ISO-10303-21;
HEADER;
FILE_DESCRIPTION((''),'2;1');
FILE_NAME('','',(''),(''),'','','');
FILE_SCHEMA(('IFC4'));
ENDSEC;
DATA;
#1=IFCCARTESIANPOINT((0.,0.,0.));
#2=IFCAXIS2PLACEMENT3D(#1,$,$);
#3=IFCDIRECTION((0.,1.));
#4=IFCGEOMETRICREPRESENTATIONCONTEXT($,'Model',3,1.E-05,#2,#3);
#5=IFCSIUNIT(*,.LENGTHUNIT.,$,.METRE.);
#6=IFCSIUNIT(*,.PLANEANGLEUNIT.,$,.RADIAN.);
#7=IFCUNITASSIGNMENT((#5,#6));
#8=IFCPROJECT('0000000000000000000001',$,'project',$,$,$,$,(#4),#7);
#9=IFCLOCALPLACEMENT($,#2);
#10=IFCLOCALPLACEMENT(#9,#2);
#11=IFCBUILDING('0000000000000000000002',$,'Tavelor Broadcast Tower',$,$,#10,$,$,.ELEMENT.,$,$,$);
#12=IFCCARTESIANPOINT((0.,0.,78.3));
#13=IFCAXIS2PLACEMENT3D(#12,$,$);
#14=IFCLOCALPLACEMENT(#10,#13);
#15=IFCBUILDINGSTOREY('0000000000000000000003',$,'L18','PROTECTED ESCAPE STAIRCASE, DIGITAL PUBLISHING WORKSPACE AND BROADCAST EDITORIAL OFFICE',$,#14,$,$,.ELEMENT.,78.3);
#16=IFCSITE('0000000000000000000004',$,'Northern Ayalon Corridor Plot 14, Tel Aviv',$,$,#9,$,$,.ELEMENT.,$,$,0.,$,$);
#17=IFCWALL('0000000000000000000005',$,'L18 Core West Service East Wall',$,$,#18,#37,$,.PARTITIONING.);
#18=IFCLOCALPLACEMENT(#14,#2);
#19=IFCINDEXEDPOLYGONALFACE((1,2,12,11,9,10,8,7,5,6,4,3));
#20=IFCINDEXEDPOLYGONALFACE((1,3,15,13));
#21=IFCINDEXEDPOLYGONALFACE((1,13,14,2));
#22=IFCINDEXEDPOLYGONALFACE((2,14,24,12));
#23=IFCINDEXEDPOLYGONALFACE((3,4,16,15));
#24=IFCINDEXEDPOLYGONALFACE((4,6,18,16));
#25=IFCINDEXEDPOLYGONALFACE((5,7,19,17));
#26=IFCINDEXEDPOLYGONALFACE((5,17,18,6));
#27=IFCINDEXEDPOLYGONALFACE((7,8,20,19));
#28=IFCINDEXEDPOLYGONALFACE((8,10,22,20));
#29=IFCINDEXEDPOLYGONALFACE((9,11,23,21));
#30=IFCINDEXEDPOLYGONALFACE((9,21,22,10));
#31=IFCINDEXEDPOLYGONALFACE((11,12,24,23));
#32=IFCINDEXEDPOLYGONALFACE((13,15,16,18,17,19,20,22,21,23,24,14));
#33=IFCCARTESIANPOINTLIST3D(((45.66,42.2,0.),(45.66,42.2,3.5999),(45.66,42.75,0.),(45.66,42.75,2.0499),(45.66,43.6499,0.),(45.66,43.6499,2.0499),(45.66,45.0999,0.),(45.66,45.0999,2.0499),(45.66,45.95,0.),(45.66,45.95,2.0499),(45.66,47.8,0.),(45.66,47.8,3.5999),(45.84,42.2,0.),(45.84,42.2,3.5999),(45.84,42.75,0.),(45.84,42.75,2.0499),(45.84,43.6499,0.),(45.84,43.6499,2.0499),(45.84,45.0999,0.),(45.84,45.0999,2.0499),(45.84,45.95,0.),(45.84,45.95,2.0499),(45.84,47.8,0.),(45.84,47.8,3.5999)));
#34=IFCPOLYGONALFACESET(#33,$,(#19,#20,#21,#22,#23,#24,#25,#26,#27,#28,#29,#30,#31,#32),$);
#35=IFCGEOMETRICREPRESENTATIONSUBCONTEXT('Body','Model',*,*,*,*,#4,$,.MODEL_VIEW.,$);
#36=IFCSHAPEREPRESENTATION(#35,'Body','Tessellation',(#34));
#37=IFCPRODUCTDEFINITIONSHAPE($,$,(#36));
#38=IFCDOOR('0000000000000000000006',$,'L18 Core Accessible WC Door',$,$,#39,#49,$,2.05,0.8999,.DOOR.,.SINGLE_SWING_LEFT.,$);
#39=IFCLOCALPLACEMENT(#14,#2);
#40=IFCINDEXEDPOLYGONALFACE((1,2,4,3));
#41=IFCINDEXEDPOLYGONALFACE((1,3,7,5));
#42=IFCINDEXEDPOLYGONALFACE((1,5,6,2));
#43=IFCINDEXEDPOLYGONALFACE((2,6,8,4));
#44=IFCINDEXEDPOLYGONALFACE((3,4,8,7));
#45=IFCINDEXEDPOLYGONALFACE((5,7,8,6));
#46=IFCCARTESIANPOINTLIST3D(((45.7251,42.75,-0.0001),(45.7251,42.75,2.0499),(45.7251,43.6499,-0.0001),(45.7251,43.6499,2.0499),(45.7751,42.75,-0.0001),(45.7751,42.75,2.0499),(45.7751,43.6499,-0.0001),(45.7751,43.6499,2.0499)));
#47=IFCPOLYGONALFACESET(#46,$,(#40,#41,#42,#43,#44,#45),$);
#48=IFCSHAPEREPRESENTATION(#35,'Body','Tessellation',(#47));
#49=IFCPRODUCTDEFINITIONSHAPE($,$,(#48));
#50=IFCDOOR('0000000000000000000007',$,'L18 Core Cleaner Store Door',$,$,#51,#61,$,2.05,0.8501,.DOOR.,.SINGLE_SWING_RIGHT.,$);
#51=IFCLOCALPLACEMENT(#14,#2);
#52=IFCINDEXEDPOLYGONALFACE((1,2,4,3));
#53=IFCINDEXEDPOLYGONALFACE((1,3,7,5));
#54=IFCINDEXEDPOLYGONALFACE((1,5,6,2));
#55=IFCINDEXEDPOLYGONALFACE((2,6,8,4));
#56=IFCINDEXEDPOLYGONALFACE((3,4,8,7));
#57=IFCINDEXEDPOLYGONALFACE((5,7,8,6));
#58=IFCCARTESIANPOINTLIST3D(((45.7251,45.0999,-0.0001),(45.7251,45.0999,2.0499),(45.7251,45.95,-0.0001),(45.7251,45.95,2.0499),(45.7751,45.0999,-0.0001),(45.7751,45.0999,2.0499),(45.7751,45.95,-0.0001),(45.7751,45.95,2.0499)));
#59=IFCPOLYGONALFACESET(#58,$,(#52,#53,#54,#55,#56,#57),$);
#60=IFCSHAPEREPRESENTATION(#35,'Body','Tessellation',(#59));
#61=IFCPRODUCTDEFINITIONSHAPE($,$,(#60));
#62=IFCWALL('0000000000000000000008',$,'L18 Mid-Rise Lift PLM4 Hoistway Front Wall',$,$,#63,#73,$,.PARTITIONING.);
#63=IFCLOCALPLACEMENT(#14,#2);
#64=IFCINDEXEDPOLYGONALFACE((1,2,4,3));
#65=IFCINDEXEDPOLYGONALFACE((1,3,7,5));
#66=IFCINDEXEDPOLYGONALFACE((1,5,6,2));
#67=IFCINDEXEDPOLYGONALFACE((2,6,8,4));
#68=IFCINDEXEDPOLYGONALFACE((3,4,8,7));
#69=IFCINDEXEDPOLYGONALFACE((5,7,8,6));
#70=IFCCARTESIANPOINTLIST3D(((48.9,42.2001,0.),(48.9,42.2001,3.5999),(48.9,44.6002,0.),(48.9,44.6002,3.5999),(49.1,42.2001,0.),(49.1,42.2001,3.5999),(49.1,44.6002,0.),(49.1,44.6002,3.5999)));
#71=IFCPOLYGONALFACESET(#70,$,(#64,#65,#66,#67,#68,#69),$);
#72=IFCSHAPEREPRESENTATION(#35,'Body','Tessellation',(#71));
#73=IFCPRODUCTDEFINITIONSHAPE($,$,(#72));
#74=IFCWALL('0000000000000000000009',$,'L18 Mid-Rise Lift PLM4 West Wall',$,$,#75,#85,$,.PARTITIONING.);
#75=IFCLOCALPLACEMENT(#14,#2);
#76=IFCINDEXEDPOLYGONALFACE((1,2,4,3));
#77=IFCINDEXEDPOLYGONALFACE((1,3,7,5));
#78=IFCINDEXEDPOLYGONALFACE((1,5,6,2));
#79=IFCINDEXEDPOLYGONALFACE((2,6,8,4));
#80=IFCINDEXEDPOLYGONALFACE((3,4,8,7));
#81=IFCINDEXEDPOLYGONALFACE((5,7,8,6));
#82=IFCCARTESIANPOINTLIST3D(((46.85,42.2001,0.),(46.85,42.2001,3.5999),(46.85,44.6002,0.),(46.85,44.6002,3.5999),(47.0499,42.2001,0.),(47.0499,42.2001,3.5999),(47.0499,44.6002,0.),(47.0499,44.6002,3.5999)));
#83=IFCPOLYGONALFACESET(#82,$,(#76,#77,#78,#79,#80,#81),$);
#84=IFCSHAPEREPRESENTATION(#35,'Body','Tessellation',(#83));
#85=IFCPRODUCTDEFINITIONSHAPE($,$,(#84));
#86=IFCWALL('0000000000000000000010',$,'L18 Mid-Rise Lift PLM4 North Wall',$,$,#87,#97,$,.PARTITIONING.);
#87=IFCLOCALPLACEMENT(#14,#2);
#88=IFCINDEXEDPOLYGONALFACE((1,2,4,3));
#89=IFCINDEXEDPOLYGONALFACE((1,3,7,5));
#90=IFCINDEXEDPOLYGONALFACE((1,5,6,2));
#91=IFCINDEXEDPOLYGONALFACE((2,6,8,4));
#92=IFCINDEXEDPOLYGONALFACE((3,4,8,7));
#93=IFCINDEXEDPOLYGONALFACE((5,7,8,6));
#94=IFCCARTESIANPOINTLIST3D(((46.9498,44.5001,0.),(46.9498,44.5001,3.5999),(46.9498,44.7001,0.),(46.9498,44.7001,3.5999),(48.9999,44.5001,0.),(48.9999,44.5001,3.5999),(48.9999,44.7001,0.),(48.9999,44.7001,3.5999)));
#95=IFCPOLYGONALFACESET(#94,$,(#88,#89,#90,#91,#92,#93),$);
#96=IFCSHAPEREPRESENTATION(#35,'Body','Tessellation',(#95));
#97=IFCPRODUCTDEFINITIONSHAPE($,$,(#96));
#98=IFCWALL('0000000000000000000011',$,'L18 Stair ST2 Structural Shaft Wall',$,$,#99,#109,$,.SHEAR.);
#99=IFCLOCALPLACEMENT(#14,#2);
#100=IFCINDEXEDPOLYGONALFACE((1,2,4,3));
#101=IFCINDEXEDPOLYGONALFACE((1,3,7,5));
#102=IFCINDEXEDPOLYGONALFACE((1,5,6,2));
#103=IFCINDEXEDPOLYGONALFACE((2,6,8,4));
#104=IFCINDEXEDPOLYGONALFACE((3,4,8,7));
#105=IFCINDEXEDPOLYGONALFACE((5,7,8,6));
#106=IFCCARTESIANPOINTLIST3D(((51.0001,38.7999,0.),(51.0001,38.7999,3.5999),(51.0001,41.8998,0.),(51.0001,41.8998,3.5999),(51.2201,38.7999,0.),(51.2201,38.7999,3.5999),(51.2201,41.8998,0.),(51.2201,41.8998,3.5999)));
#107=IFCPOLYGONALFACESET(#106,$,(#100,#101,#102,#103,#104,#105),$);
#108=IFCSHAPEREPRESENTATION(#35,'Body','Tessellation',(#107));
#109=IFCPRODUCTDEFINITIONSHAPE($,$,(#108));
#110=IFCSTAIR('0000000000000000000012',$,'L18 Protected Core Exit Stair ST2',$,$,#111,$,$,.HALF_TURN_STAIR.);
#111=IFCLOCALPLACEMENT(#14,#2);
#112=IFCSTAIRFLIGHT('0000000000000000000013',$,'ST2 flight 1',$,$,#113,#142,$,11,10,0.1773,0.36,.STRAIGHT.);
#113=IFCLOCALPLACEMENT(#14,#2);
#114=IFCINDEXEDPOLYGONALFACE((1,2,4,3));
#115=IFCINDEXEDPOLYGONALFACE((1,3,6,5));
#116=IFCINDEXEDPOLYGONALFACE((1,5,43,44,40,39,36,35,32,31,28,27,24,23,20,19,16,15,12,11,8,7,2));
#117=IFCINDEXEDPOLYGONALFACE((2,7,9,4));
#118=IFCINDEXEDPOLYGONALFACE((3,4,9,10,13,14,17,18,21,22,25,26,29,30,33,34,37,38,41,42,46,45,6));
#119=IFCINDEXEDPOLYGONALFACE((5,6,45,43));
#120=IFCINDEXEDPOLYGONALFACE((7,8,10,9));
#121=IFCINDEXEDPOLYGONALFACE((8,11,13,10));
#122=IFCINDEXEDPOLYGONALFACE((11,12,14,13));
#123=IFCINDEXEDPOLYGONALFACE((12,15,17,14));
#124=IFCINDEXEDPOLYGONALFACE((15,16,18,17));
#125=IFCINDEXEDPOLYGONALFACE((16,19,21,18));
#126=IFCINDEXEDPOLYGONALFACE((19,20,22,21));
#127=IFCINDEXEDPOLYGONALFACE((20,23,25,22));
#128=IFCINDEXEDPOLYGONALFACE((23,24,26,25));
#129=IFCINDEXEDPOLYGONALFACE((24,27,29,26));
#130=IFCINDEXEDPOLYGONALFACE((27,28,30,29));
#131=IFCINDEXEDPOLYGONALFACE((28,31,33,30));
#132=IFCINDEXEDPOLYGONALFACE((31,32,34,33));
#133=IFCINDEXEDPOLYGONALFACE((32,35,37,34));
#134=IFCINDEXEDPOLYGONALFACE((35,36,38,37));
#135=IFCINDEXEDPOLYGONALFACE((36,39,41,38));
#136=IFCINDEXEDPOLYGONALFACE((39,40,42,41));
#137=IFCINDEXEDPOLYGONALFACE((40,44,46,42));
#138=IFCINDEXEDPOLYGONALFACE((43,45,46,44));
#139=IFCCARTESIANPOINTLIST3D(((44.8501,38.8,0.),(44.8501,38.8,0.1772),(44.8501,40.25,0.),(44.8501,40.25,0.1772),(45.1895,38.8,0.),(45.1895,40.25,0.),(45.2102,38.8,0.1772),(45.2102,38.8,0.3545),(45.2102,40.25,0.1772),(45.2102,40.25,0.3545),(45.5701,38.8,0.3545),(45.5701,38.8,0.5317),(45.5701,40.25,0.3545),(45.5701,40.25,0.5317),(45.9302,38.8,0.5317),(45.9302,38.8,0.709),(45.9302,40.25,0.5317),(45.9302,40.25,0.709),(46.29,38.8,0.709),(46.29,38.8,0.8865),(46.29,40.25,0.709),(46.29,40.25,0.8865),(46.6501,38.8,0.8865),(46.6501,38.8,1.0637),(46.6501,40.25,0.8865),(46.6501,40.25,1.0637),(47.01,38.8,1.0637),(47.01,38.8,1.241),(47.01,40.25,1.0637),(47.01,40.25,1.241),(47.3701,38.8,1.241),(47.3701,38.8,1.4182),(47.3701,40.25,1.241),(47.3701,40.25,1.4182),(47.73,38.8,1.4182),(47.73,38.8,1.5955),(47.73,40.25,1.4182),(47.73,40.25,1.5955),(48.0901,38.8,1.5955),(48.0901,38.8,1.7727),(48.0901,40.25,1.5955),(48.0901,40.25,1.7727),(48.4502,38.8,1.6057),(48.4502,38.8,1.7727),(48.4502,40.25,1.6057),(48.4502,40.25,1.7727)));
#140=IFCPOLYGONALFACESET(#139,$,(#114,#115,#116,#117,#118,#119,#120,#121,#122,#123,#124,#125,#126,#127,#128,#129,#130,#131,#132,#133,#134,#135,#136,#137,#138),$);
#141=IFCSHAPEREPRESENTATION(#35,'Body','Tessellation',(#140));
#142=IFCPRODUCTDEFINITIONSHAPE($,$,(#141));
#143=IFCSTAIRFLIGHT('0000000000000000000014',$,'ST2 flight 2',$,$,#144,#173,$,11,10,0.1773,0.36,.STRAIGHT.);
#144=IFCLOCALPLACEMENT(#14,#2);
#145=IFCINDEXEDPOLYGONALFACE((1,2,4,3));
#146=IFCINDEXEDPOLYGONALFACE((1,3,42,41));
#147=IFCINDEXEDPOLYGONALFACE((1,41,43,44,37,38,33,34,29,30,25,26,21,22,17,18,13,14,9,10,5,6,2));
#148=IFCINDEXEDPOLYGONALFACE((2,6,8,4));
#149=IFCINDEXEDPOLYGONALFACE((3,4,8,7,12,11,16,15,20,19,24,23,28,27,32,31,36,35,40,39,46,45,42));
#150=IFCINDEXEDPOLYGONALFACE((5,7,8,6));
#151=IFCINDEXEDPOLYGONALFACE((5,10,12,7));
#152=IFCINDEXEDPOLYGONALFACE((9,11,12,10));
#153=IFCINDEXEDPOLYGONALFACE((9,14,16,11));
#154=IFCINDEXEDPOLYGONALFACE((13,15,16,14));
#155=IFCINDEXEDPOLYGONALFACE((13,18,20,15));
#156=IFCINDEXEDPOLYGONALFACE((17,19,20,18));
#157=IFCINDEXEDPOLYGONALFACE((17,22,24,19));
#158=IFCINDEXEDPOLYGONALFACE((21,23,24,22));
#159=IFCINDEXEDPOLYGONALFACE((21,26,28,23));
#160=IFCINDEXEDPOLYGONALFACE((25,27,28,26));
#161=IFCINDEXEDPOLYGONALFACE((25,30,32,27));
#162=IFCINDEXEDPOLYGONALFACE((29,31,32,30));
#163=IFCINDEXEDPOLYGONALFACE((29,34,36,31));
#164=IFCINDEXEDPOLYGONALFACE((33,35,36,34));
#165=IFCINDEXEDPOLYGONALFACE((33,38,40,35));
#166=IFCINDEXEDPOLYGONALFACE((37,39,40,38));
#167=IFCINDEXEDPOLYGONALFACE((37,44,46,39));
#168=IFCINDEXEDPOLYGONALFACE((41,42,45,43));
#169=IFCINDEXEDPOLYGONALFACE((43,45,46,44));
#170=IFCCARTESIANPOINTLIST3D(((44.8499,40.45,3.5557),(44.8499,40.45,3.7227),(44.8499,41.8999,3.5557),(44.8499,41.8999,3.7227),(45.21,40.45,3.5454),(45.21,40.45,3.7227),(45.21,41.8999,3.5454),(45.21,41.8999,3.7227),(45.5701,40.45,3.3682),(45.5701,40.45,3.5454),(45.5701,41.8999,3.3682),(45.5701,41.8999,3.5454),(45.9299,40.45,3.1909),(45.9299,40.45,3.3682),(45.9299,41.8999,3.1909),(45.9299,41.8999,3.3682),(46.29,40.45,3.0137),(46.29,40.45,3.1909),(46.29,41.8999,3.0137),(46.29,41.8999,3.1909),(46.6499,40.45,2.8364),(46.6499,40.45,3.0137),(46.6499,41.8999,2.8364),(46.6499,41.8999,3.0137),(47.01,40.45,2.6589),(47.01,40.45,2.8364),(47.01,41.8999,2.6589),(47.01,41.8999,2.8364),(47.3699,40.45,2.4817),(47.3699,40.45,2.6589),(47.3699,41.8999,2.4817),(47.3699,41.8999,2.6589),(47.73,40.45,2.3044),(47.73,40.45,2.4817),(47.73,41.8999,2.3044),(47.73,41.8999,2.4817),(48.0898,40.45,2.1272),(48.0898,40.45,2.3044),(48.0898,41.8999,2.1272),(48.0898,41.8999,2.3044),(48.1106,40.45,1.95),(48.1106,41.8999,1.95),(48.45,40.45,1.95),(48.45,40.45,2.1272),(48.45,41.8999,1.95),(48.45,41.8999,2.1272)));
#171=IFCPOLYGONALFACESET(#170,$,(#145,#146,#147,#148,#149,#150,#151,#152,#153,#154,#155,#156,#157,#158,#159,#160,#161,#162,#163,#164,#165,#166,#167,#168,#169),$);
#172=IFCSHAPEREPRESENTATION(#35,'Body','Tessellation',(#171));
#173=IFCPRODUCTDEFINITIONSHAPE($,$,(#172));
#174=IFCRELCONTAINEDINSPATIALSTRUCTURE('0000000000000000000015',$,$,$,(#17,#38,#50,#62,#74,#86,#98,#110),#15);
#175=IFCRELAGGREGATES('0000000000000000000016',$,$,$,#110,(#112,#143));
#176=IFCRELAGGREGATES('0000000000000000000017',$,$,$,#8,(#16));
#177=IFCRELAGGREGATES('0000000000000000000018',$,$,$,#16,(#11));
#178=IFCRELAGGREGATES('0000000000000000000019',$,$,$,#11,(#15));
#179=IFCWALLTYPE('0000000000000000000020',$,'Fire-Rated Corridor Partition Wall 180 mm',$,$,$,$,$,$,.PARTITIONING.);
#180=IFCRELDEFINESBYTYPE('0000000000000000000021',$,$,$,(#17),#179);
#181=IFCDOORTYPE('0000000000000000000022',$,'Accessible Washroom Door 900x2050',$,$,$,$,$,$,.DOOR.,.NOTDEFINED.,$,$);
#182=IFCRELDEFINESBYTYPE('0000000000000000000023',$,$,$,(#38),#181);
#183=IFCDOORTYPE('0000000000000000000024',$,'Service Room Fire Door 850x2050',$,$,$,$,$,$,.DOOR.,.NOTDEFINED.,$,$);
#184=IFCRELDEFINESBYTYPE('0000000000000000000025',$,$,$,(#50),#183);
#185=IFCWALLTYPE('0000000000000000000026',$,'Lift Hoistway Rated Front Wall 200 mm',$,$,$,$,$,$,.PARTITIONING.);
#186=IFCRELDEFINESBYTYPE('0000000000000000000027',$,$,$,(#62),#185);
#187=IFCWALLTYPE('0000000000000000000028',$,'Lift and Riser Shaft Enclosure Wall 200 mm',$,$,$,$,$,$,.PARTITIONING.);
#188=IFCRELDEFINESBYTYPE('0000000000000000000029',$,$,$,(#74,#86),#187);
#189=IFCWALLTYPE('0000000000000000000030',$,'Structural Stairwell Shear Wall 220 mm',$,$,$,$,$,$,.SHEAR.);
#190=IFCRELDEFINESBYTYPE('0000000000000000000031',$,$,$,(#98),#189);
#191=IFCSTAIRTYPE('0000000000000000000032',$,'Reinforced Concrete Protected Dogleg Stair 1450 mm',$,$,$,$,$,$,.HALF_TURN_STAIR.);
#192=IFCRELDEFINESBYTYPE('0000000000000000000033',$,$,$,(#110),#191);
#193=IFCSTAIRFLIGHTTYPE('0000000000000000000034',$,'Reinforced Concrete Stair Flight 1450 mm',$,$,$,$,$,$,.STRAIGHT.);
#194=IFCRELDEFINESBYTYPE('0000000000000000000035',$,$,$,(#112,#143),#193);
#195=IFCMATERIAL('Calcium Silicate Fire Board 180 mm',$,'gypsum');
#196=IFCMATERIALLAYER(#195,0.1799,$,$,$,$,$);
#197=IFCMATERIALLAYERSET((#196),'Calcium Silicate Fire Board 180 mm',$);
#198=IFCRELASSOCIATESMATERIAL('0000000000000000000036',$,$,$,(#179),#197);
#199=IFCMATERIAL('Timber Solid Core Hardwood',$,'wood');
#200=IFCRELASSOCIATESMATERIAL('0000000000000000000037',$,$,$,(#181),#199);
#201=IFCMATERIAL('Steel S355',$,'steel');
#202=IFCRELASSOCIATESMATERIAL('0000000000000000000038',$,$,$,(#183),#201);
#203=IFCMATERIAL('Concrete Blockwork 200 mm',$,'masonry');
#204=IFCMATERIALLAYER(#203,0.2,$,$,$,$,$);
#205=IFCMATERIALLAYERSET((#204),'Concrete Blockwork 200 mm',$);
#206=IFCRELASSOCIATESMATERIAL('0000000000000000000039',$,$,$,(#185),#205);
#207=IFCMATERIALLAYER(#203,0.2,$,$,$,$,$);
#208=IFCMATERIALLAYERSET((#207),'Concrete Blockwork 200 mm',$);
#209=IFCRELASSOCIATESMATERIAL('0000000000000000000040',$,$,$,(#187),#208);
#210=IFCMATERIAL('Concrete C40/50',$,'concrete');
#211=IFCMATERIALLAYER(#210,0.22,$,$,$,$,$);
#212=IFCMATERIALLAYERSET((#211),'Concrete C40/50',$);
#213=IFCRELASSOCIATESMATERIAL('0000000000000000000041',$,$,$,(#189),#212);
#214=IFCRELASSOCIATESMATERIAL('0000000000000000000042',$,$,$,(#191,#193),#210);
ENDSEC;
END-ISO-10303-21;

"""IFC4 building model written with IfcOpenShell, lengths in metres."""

from ifc_helpers import new_model, si_unit, direction, frame, frame_2d, origin, place, context, subcontext, project, spatial, polyline, rectangle, outline, extrude, material, layer, layer_set, type_object, element, fill, aggregate, save


model = new_model("IFC4")

# Units and contexts
model_context = context("Model", 3, precision=1e-05, world=origin(), true_north=direction((0.0, 1.0)))
body_context = subcontext(model_context, "Body", "Model", "MODEL_VIEW")
ifc_project = project(units=[si_unit("LENGTHUNIT", "METRE"), si_unit("PLANEANGLEUNIT", "RADIAN")], contexts=[model_context])

# Site, building, storey
site_placement = place(None, origin())
site = spatial("IfcSite", under=ifc_project, at=site_placement, Name="Northern Ayalon Corridor Plot 14, Tel Aviv", CompositionType="ELEMENT", RefElevation=0.0)
building_placement = place(site_placement, origin())
building = spatial("IfcBuilding", under=site, at=building_placement, Name="Tavelor Broadcast Tower", CompositionType="ELEMENT")
storey_placement = place(building_placement, frame((0.0, 0.0, 78.3)))
storey = spatial("IfcBuildingStorey", under=building, at=storey_placement, Name="L18", Description="PROTECTED ESCAPE STAIRCASE, DIGITAL PUBLISHING WORKSPACE AND BROADCAST EDITORIAL OFFICE", CompositionType="ELEMENT", Elevation=78.3)

# Shared definitions
ifc_material_1 = material(Name="Concrete C40/50", Category="concrete")
ifc_material_2 = material(Name="Steel S355", Category="steel")

# Wall, openings, doors
ifc_material_3 = material(Name="Calcium Silicate Fire Board 180 mm", Category="gypsum")
ifc_layer_1 = layer(ifc_material_3, 0.1799)
ifc_layer_set_1 = layer_set([ifc_layer_1], Name="Calcium Silicate Fire Board 180 mm")
wall_type_1 = type_object("IfcWallType", Name="Fire-Rated Corridor Partition Wall 180 mm", PredefinedType="PARTITIONING", material=ifc_layer_set_1)
wall_1_placement = place(storey_placement, frame((45.75, 42.2, 0.0), z_axis=(0.0, 0.0, 1.0), x_axis=(0.0, 1.0, 0.0)))
wall_1 = element("IfcWall", 1, at=wall_1_placement, inside=storey, type_object=wall_type_1, Name="L18 Core West Service East Wall", PredefinedType="PARTITIONING", context=body_context, shape_type="SweptSolid", body=[
    extrude(rectangle(XDim=5.6001, YDim=0.1799, at=frame_2d((2.8, 0.0))), origin(), (0.0, 0.0, 1.0), 3.5999),
])
opening_1_placement = place(wall_1_placement, frame((0.55, 0.0, 0.0)))
opening_1 = element("IfcOpeningElement", 2, at=opening_1_placement, cuts=wall_1, PredefinedType="OPENING", context=body_context, shape_type="SweptSolid", body=[
    extrude(rectangle(XDim=0.8999, YDim=2.05, at=frame_2d((0.45, 1.0249))), frame((0.0, 0.1001, 0.0), z_axis=(0.0, -1.0, 0.0), x_axis=(1.0, 0.0, 0.0)), (0.0, 0.0, 1.0), 0.2),
])
opening_2_placement = place(wall_1_placement, frame((2.8999, 0.0, 0.0)))
opening_2 = element("IfcOpeningElement", 3, at=opening_2_placement, cuts=wall_1, PredefinedType="OPENING", context=body_context, shape_type="SweptSolid", body=[
    extrude(rectangle(XDim=0.8501, YDim=2.05, at=frame_2d((0.425, 1.0249))), frame((0.0, 0.1001, 0.0), z_axis=(0.0, -1.0, 0.0), x_axis=(1.0, 0.0, 0.0)), (0.0, 0.0, 1.0), 0.2),
])
ifc_material_4 = material(Name="Timber Solid Core Hardwood", Category="wood")
door_type_1 = type_object("IfcDoorType", Name="Accessible Washroom Door 900x2050", OperationType="NOTDEFINED", PredefinedType="DOOR", material=ifc_material_4)
door_1_placement = place(opening_1_placement, origin())
door_1 = element("IfcDoor", 4, at=door_1_placement, inside=storey, type_object=door_type_1, Name="L18 Core Accessible WC Door", OperationType="SINGLE_SWING_LEFT", OverallHeight=2.05, OverallWidth=0.8999, PredefinedType="DOOR", context=body_context, shape_type="SweptSolid", body=[
    extrude(rectangle(XDim=0.8999, YDim=2.05, at=frame_2d((0.45, 1.0249))), frame((0.0, 0.0249, 0.0), z_axis=(0.0, -1.0, 0.0), x_axis=(1.0, 0.0, 0.0)), (0.0, 0.0, 1.0), 0.05),
])
fill(opening_1, door_1)
door_type_2 = type_object("IfcDoorType", Name="Service Room Fire Door 850x2050", OperationType="NOTDEFINED", PredefinedType="DOOR", material=ifc_material_2)
door_2_placement = place(opening_2_placement, origin())
door_2 = element("IfcDoor", 5, at=door_2_placement, inside=storey, type_object=door_type_2, Name="L18 Core Cleaner Store Door", OperationType="SINGLE_SWING_RIGHT", OverallHeight=2.05, OverallWidth=0.8501, PredefinedType="DOOR", context=body_context, shape_type="SweptSolid", body=[
    extrude(rectangle(XDim=0.8501, YDim=2.05, at=frame_2d((0.425, 1.0249))), frame((0.0, 0.0249, 0.0), z_axis=(0.0, -1.0, 0.0), x_axis=(1.0, 0.0, 0.0)), (0.0, 0.0, 1.0), 0.05),
])
fill(opening_2, door_2)

# Walls
ifc_material_5 = material(Name="Concrete Blockwork 200 mm", Category="masonry")
ifc_layer_2 = layer(ifc_material_5, 0.2)
ifc_layer_set_2 = layer_set([ifc_layer_2], Name="Concrete Blockwork 200 mm")
wall_type_2 = type_object("IfcWallType", Name="Lift Hoistway Rated Front Wall 200 mm", PredefinedType="PARTITIONING", material=ifc_layer_set_2)
wall_2_placement = place(storey_placement, frame((49.0, 42.2, 0.0), z_axis=(0.0, 0.0, 1.0), x_axis=(0.0, 1.0, 0.0)))
element("IfcWall", 6, at=wall_2_placement, inside=storey, type_object=wall_type_2, Name="L18 Mid-Rise Lift PLM4 Hoistway Front Wall", PredefinedType="PARTITIONING", context=body_context, shape_type="SweptSolid", body=[
    extrude(rectangle(XDim=2.4001, YDim=0.2, at=frame_2d((1.2002, 0.0))), origin(), (0.0, 0.0, 1.0), 3.5999),
])
ifc_layer_3 = layer(ifc_material_5, 0.2)
ifc_layer_set_3 = layer_set([ifc_layer_3], Name="Concrete Blockwork 200 mm")
wall_type_3 = type_object("IfcWallType", Name="Lift and Riser Shaft Enclosure Wall 200 mm", PredefinedType="PARTITIONING", material=ifc_layer_set_3)
wall_3_placement = place(storey_placement, frame((46.95, 42.2, 0.0), z_axis=(0.0, 0.0, 1.0), x_axis=(0.0, 1.0, 0.0)))
element("IfcWall", 7, at=wall_3_placement, inside=storey, type_object=wall_type_3, Name="L18 Mid-Rise Lift PLM4 West Wall", PredefinedType="PARTITIONING", context=body_context, shape_type="SweptSolid", body=[
    extrude(rectangle(XDim=2.4001, YDim=0.2, at=frame_2d((1.2002, 0.0))), origin(), (0.0, 0.0, 1.0), 3.5999),
])
wall_4_placement = place(storey_placement, frame((46.95, 44.6001, 0.0), z_axis=(0.0, 0.0, 1.0), x_axis=(1.0, 0.0, 0.0)))
element("IfcWall", 8, at=wall_4_placement, inside=storey, type_object=wall_type_3, Name="L18 Mid-Rise Lift PLM4 North Wall", PredefinedType="PARTITIONING", context=body_context, shape_type="SweptSolid", body=[
    extrude(rectangle(XDim=2.05, YDim=0.2, at=frame_2d((1.0249, 0.0))), origin(), (0.0, 0.0, 1.0), 3.5999),
])
ifc_layer_4 = layer(ifc_material_1, 0.22)
ifc_layer_set_4 = layer_set([ifc_layer_4], Name="Concrete C40/50")
wall_type_4 = type_object("IfcWallType", Name="Structural Stairwell Shear Wall 220 mm", PredefinedType="SHEAR", material=ifc_layer_set_4)
wall_5_placement = place(storey_placement, frame((51.1101, 38.8, 0.0), z_axis=(0.0, 0.0, 1.0), x_axis=(0.0, 1.0, 0.0)))
element("IfcWall", 9, at=wall_5_placement, inside=storey, type_object=wall_type_4, Name="L18 Stair ST2 Structural Shaft Wall", PredefinedType="SHEAR", context=body_context, shape_type="SweptSolid", body=[
    extrude(rectangle(XDim=3.0999, YDim=0.22, at=frame_2d((1.5498, 0.0))), origin(), (0.0, 0.0, 1.0), 3.5999),
])

# Stair, stair flights
stair_type = type_object("IfcStairType", Name="Reinforced Concrete Protected Dogleg Stair 1450 mm", PredefinedType="HALF_TURN_STAIR", material=ifc_material_1)
stair_placement = place(storey_placement, origin())
stair = element("IfcStair", 10, at=stair_placement, inside=storey, type_object=stair_type, Name="L18 Protected Core Exit Stair ST2", PredefinedType="HALF_TURN_STAIR")
stair_flight_type = type_object("IfcStairFlightType", Name="Reinforced Concrete Stair Flight 1450 mm", PredefinedType="STRAIGHT", material=ifc_material_1)
stair_flight_1_placement = place(storey_placement, frame((44.8501, 39.5249, 0.0), z_axis=(0.0, 0.0, 1.0), x_axis=(1.0, 0.0, 0.0)))
stair_flight_1 = element("IfcStairFlight", 11, at=stair_flight_1_placement, type_object=stair_flight_type, Name="ST2 flight 1", NumberOfRisers=11, NumberOfTreads=10, PredefinedType="STRAIGHT", RiserHeight=0.1773, TreadLength=0.36, context=body_context, shape_type="SweptSolid", body=[
    extrude(outline(polyline([(0.0, 0.0), (0.0, 0.1772), (0.3601, 0.1772), (0.3601, 0.3545), (0.72, 0.3545), (0.72, 0.5317), (1.0801, 0.5317), (1.0801, 0.709), (1.4399, 0.709), (1.4399, 0.8865), (1.8, 0.8865), (1.8, 1.0637), (2.1599, 1.0637), (2.1599, 1.241), (2.52, 1.241), (2.52, 1.4182), (2.8799, 1.4182), (2.8799, 1.5955), (3.24, 1.5955), (3.24, 1.7727), (3.6001, 1.7727), (3.6001, 1.95), (3.6001, 1.6057), (0.3394, 0.0), (0.0, 0.0)])), frame((0.0, 0.7251, 0.0), z_axis=(0.0, -1.0, 0.0), x_axis=(1.0, 0.0, 0.0)), (0.0, 0.0, 1.0), 1.45),
])
stair_flight_2_placement = place(storey_placement, frame((48.45, 41.175, 1.95), z_axis=(0.0, 0.0, 1.0), x_axis=(-1.0, 0.0, 0.0)))
stair_flight_2 = element("IfcStairFlight", 12, at=stair_flight_2_placement, type_object=stair_flight_type, Name="ST2 flight 2", NumberOfRisers=11, NumberOfTreads=10, PredefinedType="STRAIGHT", RiserHeight=0.1773, TreadLength=0.36, context=body_context, shape_type="SweptSolid", body=[
    extrude(outline(polyline([(0.0, 0.0), (0.0, 0.1772), (0.3601, 0.1772), (0.3601, 0.3545), (0.72, 0.3545), (0.72, 0.5317), (1.0801, 0.5317), (1.0801, 0.709), (1.4399, 0.709), (1.4399, 0.8865), (1.8, 0.8865), (1.8, 1.0637), (2.1599, 1.0637), (2.1599, 1.241), (2.52, 1.241), (2.52, 1.4182), (2.8799, 1.4182), (2.8799, 1.5955), (3.24, 1.5955), (3.24, 1.7727), (3.6001, 1.7727), (3.6001, 1.95), (3.6001, 1.6057), (0.3394, 0.0), (0.0, 0.0)])), frame((0.0, 0.7251, 0.0), z_axis=(0.0, -1.0, 0.0), x_axis=(1.0, 0.0, 0.0)), (0.0, 0.0, 1.0), 1.45),
])
aggregate(stair, [stair_flight_1, stair_flight_2])

save(model, "model.ifc")
